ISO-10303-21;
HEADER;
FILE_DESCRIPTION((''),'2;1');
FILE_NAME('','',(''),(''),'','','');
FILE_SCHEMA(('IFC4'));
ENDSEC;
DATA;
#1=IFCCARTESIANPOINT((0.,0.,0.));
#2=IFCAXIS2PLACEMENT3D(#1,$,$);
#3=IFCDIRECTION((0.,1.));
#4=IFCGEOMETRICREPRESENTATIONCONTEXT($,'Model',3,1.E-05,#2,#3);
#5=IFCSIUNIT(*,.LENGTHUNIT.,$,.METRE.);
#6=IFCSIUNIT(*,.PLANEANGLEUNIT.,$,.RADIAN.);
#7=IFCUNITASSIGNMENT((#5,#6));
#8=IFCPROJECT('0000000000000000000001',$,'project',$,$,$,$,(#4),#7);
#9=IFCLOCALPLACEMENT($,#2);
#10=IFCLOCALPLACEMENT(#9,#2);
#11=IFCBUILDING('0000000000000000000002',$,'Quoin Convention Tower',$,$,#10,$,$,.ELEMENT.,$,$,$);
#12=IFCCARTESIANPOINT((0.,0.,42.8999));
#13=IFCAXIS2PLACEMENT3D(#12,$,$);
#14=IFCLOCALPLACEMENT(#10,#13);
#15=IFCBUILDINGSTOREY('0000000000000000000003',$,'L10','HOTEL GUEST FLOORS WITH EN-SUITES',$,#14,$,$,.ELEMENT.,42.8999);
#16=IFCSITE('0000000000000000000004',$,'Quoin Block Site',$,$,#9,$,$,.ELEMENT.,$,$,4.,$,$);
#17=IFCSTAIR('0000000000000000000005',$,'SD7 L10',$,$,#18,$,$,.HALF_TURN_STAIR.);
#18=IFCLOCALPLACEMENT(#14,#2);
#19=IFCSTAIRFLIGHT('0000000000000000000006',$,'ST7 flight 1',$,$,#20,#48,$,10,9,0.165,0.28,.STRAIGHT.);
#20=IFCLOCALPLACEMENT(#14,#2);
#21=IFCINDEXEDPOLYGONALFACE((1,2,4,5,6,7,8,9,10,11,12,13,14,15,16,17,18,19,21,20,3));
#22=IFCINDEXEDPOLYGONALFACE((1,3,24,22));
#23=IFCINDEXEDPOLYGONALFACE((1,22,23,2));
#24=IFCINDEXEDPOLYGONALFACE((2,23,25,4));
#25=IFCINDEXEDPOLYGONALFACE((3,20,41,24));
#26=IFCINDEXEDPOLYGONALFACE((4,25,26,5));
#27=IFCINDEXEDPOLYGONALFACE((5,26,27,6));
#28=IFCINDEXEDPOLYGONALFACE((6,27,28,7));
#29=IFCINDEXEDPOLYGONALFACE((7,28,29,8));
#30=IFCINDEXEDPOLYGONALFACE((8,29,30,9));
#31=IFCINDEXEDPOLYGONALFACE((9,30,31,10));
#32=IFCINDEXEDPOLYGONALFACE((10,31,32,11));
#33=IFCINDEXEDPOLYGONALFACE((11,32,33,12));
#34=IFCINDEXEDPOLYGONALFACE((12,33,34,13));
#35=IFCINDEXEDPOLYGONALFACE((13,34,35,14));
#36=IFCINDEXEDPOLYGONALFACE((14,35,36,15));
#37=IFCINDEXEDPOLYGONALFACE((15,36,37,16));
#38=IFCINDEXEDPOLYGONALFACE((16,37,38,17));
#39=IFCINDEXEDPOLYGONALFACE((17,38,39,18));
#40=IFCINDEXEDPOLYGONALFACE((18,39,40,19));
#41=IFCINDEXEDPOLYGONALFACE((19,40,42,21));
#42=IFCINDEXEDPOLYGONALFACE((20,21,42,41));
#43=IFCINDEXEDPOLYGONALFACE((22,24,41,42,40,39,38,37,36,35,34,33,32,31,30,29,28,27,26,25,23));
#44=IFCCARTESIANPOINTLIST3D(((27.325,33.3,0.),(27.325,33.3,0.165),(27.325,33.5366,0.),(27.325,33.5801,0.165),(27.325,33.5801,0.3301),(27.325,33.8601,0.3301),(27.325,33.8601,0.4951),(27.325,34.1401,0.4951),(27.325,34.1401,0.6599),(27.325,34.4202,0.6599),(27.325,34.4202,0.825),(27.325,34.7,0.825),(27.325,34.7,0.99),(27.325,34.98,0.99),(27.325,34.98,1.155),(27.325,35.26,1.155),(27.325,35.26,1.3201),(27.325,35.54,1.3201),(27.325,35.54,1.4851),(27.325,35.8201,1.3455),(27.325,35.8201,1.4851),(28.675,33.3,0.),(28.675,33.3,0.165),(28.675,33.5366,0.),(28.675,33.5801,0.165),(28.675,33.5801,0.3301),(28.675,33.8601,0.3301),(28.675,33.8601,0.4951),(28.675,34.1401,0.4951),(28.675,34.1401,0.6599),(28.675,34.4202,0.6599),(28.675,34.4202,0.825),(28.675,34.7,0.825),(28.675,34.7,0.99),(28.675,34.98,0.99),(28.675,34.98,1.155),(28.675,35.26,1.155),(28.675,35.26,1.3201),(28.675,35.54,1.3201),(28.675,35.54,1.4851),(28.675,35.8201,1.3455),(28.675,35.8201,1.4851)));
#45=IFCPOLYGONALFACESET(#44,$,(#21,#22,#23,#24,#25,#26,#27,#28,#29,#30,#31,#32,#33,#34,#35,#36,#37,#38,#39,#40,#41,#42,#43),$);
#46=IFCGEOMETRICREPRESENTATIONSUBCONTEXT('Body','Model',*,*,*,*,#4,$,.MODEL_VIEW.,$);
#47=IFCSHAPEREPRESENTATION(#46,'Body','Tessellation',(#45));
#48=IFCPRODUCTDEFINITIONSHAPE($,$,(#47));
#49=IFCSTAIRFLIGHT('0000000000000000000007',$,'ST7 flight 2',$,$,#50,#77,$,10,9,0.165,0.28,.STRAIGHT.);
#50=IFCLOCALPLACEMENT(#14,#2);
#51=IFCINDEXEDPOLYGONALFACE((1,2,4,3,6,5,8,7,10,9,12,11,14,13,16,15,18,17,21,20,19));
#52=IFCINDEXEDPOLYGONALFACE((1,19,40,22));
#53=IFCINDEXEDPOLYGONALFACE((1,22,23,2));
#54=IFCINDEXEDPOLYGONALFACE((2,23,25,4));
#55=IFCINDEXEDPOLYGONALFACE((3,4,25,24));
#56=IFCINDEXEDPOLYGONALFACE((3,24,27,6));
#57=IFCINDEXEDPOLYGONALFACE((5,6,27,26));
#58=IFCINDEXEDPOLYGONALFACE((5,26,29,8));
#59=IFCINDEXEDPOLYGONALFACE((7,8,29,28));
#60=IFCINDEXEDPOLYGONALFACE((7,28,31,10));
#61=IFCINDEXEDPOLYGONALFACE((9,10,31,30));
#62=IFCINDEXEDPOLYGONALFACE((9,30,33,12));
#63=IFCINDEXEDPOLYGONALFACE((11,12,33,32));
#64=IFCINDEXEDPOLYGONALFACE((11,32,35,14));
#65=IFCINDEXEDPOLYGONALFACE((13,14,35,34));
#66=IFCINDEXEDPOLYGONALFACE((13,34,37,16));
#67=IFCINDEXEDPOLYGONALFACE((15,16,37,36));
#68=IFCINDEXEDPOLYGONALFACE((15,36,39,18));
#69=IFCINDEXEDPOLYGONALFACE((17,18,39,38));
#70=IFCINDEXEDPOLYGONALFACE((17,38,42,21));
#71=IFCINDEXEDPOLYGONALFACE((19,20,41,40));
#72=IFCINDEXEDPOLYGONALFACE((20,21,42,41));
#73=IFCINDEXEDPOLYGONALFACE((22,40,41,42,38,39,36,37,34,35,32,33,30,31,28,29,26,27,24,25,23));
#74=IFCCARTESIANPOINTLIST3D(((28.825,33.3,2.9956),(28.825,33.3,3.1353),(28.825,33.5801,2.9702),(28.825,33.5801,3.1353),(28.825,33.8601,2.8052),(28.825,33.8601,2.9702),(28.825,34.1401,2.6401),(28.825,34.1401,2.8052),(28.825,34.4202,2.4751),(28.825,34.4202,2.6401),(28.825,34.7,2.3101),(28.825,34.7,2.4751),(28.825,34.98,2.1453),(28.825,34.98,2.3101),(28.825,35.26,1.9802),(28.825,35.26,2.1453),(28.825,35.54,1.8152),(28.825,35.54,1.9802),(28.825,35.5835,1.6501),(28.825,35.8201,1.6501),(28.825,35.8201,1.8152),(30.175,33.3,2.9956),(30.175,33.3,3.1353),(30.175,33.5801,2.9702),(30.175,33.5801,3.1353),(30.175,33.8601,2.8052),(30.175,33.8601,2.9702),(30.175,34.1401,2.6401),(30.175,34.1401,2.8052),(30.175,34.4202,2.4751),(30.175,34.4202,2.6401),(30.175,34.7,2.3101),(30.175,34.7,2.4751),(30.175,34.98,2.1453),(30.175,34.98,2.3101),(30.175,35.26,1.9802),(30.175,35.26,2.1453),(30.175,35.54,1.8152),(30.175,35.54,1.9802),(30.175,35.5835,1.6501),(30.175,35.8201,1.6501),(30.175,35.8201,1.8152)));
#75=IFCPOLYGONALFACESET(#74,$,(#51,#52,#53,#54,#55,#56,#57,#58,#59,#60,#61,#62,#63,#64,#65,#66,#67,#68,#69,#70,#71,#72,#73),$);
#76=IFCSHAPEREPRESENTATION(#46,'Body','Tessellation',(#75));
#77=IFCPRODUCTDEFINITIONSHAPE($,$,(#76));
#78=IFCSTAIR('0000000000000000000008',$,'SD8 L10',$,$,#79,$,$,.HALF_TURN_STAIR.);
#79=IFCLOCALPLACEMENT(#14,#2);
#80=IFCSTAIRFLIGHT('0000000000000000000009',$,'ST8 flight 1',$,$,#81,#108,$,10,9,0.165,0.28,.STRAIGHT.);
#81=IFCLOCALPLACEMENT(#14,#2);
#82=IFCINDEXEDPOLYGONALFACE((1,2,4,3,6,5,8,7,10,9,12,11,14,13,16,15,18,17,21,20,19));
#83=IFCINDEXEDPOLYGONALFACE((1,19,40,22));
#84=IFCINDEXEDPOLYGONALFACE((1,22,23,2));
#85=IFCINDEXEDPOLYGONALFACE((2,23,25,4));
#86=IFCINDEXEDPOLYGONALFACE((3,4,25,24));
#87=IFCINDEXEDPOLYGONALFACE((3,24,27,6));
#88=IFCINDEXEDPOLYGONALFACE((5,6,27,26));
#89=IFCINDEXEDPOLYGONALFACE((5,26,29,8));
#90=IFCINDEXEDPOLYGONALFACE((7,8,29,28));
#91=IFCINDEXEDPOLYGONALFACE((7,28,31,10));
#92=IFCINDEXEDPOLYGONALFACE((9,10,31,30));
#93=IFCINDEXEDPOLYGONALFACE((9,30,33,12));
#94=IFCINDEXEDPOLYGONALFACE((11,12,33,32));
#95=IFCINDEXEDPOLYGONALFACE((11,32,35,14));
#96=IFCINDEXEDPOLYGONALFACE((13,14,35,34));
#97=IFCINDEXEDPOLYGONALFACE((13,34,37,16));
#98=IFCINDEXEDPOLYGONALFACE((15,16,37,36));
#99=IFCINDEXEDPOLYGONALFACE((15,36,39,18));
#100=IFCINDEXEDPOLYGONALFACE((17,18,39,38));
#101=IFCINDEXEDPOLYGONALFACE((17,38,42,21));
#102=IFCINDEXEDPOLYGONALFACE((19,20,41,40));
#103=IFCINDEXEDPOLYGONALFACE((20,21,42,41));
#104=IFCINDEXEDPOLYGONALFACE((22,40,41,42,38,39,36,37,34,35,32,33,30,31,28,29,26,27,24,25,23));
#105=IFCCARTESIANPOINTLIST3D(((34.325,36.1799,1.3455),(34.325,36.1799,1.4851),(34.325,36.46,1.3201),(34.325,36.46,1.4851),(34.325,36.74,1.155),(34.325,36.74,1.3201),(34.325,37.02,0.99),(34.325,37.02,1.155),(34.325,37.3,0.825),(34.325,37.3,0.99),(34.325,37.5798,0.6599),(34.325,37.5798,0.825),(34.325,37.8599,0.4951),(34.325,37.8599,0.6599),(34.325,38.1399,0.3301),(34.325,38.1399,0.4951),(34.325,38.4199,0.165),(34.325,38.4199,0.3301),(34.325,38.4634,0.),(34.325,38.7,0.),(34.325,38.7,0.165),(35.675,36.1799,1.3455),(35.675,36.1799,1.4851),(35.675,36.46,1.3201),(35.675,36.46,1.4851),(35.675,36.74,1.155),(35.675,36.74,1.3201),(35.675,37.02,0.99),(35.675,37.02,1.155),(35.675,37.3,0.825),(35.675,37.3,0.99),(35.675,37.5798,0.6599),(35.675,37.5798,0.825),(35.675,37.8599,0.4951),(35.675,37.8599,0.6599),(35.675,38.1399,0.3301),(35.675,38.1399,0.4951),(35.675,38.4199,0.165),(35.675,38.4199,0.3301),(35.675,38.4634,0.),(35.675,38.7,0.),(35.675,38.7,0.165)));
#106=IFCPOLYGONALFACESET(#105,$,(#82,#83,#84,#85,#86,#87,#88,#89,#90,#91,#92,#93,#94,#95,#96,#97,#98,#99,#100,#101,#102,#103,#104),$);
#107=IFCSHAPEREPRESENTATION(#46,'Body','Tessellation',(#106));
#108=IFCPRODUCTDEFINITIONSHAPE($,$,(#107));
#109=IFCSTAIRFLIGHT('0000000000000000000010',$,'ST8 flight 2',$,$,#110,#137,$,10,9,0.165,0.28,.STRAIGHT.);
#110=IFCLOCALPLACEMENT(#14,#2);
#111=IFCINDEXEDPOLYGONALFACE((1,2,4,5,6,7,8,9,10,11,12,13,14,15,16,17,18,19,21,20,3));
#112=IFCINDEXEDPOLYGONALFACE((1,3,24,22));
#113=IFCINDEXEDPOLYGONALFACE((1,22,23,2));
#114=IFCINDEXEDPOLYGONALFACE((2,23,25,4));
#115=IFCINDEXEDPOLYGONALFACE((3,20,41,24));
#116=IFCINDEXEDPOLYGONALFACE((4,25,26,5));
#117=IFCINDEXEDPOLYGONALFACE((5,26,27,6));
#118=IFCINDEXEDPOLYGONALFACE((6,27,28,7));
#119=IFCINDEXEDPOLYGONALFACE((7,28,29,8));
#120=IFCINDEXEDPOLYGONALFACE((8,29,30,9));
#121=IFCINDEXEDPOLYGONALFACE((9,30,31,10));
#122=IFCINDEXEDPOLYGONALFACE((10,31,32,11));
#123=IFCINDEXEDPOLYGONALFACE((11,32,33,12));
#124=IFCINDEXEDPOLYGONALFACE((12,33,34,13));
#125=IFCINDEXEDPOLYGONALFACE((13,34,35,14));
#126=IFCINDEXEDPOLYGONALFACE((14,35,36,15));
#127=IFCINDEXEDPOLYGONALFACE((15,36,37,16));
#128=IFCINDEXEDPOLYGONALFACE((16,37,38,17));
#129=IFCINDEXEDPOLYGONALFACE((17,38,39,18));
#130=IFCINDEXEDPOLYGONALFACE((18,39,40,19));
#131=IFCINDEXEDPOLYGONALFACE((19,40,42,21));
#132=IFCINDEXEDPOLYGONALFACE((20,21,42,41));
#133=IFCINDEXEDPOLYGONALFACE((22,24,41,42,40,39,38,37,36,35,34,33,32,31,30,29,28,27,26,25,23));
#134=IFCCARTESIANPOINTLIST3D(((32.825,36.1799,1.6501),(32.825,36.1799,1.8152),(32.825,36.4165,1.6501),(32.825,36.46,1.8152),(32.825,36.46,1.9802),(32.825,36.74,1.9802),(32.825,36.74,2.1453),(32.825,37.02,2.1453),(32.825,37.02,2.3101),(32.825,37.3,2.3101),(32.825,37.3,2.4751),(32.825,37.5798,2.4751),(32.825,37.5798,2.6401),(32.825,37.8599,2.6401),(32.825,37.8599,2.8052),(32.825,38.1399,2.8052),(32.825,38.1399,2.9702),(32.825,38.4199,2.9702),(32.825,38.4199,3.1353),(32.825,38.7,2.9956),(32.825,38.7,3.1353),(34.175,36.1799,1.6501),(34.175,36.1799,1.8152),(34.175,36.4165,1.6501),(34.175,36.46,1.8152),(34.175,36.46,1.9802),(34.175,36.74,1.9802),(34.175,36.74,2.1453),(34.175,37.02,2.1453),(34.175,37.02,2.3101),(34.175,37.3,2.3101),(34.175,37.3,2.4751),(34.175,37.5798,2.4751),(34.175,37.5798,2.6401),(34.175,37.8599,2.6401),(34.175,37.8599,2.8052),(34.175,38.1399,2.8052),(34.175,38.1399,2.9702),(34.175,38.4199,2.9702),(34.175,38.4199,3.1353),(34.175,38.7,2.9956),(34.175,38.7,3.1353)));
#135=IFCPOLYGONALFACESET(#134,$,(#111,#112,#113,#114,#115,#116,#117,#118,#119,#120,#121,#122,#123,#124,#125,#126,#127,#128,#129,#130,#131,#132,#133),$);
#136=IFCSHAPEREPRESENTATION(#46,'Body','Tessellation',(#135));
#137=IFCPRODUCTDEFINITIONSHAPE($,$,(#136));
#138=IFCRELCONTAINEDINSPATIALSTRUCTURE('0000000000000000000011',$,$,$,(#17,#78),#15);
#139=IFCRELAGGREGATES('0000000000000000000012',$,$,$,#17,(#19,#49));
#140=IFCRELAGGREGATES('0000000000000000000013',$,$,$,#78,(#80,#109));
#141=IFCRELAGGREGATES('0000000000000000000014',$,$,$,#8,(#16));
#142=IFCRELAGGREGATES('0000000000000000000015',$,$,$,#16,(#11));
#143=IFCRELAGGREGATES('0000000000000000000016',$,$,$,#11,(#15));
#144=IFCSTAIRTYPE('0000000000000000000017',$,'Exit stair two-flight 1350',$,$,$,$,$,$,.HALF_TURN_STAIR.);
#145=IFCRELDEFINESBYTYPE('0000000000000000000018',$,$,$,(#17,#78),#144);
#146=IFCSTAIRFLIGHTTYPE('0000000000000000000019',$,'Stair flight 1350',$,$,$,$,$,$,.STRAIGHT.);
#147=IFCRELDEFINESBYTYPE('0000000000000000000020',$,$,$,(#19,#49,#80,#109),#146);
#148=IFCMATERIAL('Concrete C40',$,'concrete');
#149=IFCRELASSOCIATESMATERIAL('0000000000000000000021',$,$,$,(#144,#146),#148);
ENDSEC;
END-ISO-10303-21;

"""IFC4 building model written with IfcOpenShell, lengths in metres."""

from ifc_helpers import new_model, si_unit, direction, frame, origin, place, context, subcontext, project, spatial, polyline, outline, extrude, material, type_object, element, aggregate, save


model = new_model("IFC4")

# Units and contexts
model_context = context("Model", 3, precision=1e-05, world=origin(), true_north=direction((0.0, 1.0)))
body_context = subcontext(model_context, "Body", "Model", "MODEL_VIEW")
ifc_project = project(units=[si_unit("LENGTHUNIT", "METRE"), si_unit("PLANEANGLEUNIT", "RADIAN")], contexts=[model_context])

# Site, building, storey
site_placement = place(None, origin())
site = spatial("IfcSite", under=ifc_project, at=site_placement, Name="Quoin Block Site", CompositionType="ELEMENT", RefElevation=4.0)
building_placement = place(site_placement, origin())
building = spatial("IfcBuilding", under=site, at=building_placement, Name="Quoin Convention Tower", CompositionType="ELEMENT")
storey_placement = place(building_placement, frame((0.0, 0.0, 42.8999)))
storey = spatial("IfcBuildingStorey", under=building, at=storey_placement, Name="L10", Description="HOTEL GUEST FLOORS WITH EN-SUITES", CompositionType="ELEMENT", Elevation=42.8999)

# Shared definitions
ifc_material_1 = material(Name="Concrete C40", Category="concrete")
stair_type = type_object("IfcStairType", Name="Exit stair two-flight 1350", PredefinedType="HALF_TURN_STAIR", material=ifc_material_1)
stair_flight_type = type_object("IfcStairFlightType", Name="Stair flight 1350", PredefinedType="STRAIGHT", material=ifc_material_1)

# Stairs, stair flights
stair_1_placement = place(storey_placement, origin())
stair_1 = element("IfcStair", 1, at=stair_1_placement, inside=storey, type_object=stair_type, Name="SD7 L10", PredefinedType="HALF_TURN_STAIR")
stair_flight_1_placement = place(storey_placement, frame((28.0, 33.3, 0.0), z_axis=(0.0, 0.0, 1.0), x_axis=(0.0, 1.0, 0.0)))
stair_flight_1 = element("IfcStairFlight", 2, at=stair_flight_1_placement, type_object=stair_flight_type, Name="ST7 flight 1", NumberOfRisers=10, NumberOfTreads=9, PredefinedType="STRAIGHT", RiserHeight=0.165, TreadLength=0.28, context=body_context, shape_type="SweptSolid", body=[
    extrude(outline(polyline([(0.0, 0.0), (0.0, 0.165), (0.28, 0.165), (0.28, 0.3301), (0.5601, 0.3301), (0.5601, 0.4951), (0.8401, 0.4951), (0.8401, 0.6599), (1.1201, 0.6599), (1.1201, 0.825), (1.3999, 0.825), (1.3999, 0.99), (1.6799, 0.99), (1.6799, 1.155), (1.96, 1.155), (1.96, 1.3201), (2.24, 1.3201), (2.24, 1.4851), (2.52, 1.4851), (2.52, 1.6499), (2.52, 1.3455), (0.2366, 0.0), (0.0, 0.0)])), frame((0.0, 0.675, 0.0), z_axis=(0.0, -1.0, 0.0), x_axis=(1.0, 0.0, 0.0)), (0.0, 0.0, 1.0), 1.3501),
])
stair_flight_2_placement = place(storey_placement, frame((29.5, 35.8201, 1.6501), z_axis=(0.0, 0.0, 1.0), x_axis=(0.0, -1.0, 0.0)))
stair_flight_2 = element("IfcStairFlight", 3, at=stair_flight_2_placement, type_object=stair_flight_type, Name="ST7 flight 2", NumberOfRisers=10, NumberOfTreads=9, PredefinedType="STRAIGHT", RiserHeight=0.165, TreadLength=0.28, context=body_context, shape_type="SweptSolid", body=[
    extrude(outline(polyline([(0.0, 0.0), (0.0, 0.165), (0.28, 0.165), (0.28, 0.3301), (0.5601, 0.3301), (0.5601, 0.4951), (0.8401, 0.4951), (0.8401, 0.6599), (1.1201, 0.6599), (1.1201, 0.825), (1.3999, 0.825), (1.3999, 0.99), (1.6799, 0.99), (1.6799, 1.155), (1.96, 1.155), (1.96, 1.3201), (2.24, 1.3201), (2.24, 1.4851), (2.52, 1.4851), (2.52, 1.6499), (2.52, 1.3455), (0.2366, 0.0), (0.0, 0.0)])), frame((0.0, 0.675, 0.0), z_axis=(0.0, -1.0, 0.0), x_axis=(1.0, 0.0, 0.0)), (0.0, 0.0, 1.0), 1.3501),
])
aggregate(stair_1, [stair_flight_1, stair_flight_2])
stair_2_placement = place(storey_placement, origin())
stair_2 = element("IfcStair", 4, at=stair_2_placement, inside=storey, type_object=stair_type, Name="SD8 L10", PredefinedType="HALF_TURN_STAIR")
stair_flight_3_placement = place(storey_placement, frame((35.0, 38.7, 0.0), z_axis=(0.0, 0.0, 1.0), x_axis=(0.0, -1.0, 0.0)))
stair_flight_3 = element("IfcStairFlight", 5, at=stair_flight_3_placement, type_object=stair_flight_type, Name="ST8 flight 1", NumberOfRisers=10, NumberOfTreads=9, PredefinedType="STRAIGHT", RiserHeight=0.165, TreadLength=0.28, context=body_context, shape_type="SweptSolid", body=[
    extrude(outline(polyline([(0.0, 0.0), (0.0, 0.165), (0.28, 0.165), (0.28, 0.3301), (0.5601, 0.3301), (0.5601, 0.4951), (0.8401, 0.4951), (0.8401, 0.6599), (1.1201, 0.6599), (1.1201, 0.825), (1.3999, 0.825), (1.3999, 0.99), (1.6799, 0.99), (1.6799, 1.155), (1.96, 1.155), (1.96, 1.3201), (2.24, 1.3201), (2.24, 1.4851), (2.52, 1.4851), (2.52, 1.6499), (2.52, 1.3455), (0.2366, 0.0), (0.0, 0.0)])), frame((0.0, 0.675, 0.0), z_axis=(0.0, -1.0, 0.0), x_axis=(1.0, 0.0, 0.0)), (0.0, 0.0, 1.0), 1.3501),
])
stair_flight_4_placement = place(storey_placement, frame((33.5, 36.1799, 1.6501), z_axis=(0.0, 0.0, 1.0), x_axis=(0.0, 1.0, 0.0)))
stair_flight_4 = element("IfcStairFlight", 6, at=stair_flight_4_placement, type_object=stair_flight_type, Name="ST8 flight 2", NumberOfRisers=10, NumberOfTreads=9, PredefinedType="STRAIGHT", RiserHeight=0.165, TreadLength=0.28, context=body_context, shape_type="SweptSolid", body=[
    extrude(outline(polyline([(0.0, 0.0), (0.0, 0.165), (0.28, 0.165), (0.28, 0.3301), (0.5601, 0.3301), (0.5601, 0.4951), (0.8401, 0.4951), (0.8401, 0.6599), (1.1201, 0.6599), (1.1201, 0.825), (1.3999, 0.825), (1.3999, 0.99), (1.6799, 0.99), (1.6799, 1.155), (1.96, 1.155), (1.96, 1.3201), (2.24, 1.3201), (2.24, 1.4851), (2.52, 1.4851), (2.52, 1.6499), (2.52, 1.3455), (0.2366, 0.0), (0.0, 0.0)])), frame((0.0, 0.675, 0.0), z_axis=(0.0, -1.0, 0.0), x_axis=(1.0, 0.0, 0.0)), (0.0, 0.0, 1.0), 1.3501),
])
aggregate(stair_2, [stair_flight_3, stair_flight_4])

save(model, "model.ifc")
